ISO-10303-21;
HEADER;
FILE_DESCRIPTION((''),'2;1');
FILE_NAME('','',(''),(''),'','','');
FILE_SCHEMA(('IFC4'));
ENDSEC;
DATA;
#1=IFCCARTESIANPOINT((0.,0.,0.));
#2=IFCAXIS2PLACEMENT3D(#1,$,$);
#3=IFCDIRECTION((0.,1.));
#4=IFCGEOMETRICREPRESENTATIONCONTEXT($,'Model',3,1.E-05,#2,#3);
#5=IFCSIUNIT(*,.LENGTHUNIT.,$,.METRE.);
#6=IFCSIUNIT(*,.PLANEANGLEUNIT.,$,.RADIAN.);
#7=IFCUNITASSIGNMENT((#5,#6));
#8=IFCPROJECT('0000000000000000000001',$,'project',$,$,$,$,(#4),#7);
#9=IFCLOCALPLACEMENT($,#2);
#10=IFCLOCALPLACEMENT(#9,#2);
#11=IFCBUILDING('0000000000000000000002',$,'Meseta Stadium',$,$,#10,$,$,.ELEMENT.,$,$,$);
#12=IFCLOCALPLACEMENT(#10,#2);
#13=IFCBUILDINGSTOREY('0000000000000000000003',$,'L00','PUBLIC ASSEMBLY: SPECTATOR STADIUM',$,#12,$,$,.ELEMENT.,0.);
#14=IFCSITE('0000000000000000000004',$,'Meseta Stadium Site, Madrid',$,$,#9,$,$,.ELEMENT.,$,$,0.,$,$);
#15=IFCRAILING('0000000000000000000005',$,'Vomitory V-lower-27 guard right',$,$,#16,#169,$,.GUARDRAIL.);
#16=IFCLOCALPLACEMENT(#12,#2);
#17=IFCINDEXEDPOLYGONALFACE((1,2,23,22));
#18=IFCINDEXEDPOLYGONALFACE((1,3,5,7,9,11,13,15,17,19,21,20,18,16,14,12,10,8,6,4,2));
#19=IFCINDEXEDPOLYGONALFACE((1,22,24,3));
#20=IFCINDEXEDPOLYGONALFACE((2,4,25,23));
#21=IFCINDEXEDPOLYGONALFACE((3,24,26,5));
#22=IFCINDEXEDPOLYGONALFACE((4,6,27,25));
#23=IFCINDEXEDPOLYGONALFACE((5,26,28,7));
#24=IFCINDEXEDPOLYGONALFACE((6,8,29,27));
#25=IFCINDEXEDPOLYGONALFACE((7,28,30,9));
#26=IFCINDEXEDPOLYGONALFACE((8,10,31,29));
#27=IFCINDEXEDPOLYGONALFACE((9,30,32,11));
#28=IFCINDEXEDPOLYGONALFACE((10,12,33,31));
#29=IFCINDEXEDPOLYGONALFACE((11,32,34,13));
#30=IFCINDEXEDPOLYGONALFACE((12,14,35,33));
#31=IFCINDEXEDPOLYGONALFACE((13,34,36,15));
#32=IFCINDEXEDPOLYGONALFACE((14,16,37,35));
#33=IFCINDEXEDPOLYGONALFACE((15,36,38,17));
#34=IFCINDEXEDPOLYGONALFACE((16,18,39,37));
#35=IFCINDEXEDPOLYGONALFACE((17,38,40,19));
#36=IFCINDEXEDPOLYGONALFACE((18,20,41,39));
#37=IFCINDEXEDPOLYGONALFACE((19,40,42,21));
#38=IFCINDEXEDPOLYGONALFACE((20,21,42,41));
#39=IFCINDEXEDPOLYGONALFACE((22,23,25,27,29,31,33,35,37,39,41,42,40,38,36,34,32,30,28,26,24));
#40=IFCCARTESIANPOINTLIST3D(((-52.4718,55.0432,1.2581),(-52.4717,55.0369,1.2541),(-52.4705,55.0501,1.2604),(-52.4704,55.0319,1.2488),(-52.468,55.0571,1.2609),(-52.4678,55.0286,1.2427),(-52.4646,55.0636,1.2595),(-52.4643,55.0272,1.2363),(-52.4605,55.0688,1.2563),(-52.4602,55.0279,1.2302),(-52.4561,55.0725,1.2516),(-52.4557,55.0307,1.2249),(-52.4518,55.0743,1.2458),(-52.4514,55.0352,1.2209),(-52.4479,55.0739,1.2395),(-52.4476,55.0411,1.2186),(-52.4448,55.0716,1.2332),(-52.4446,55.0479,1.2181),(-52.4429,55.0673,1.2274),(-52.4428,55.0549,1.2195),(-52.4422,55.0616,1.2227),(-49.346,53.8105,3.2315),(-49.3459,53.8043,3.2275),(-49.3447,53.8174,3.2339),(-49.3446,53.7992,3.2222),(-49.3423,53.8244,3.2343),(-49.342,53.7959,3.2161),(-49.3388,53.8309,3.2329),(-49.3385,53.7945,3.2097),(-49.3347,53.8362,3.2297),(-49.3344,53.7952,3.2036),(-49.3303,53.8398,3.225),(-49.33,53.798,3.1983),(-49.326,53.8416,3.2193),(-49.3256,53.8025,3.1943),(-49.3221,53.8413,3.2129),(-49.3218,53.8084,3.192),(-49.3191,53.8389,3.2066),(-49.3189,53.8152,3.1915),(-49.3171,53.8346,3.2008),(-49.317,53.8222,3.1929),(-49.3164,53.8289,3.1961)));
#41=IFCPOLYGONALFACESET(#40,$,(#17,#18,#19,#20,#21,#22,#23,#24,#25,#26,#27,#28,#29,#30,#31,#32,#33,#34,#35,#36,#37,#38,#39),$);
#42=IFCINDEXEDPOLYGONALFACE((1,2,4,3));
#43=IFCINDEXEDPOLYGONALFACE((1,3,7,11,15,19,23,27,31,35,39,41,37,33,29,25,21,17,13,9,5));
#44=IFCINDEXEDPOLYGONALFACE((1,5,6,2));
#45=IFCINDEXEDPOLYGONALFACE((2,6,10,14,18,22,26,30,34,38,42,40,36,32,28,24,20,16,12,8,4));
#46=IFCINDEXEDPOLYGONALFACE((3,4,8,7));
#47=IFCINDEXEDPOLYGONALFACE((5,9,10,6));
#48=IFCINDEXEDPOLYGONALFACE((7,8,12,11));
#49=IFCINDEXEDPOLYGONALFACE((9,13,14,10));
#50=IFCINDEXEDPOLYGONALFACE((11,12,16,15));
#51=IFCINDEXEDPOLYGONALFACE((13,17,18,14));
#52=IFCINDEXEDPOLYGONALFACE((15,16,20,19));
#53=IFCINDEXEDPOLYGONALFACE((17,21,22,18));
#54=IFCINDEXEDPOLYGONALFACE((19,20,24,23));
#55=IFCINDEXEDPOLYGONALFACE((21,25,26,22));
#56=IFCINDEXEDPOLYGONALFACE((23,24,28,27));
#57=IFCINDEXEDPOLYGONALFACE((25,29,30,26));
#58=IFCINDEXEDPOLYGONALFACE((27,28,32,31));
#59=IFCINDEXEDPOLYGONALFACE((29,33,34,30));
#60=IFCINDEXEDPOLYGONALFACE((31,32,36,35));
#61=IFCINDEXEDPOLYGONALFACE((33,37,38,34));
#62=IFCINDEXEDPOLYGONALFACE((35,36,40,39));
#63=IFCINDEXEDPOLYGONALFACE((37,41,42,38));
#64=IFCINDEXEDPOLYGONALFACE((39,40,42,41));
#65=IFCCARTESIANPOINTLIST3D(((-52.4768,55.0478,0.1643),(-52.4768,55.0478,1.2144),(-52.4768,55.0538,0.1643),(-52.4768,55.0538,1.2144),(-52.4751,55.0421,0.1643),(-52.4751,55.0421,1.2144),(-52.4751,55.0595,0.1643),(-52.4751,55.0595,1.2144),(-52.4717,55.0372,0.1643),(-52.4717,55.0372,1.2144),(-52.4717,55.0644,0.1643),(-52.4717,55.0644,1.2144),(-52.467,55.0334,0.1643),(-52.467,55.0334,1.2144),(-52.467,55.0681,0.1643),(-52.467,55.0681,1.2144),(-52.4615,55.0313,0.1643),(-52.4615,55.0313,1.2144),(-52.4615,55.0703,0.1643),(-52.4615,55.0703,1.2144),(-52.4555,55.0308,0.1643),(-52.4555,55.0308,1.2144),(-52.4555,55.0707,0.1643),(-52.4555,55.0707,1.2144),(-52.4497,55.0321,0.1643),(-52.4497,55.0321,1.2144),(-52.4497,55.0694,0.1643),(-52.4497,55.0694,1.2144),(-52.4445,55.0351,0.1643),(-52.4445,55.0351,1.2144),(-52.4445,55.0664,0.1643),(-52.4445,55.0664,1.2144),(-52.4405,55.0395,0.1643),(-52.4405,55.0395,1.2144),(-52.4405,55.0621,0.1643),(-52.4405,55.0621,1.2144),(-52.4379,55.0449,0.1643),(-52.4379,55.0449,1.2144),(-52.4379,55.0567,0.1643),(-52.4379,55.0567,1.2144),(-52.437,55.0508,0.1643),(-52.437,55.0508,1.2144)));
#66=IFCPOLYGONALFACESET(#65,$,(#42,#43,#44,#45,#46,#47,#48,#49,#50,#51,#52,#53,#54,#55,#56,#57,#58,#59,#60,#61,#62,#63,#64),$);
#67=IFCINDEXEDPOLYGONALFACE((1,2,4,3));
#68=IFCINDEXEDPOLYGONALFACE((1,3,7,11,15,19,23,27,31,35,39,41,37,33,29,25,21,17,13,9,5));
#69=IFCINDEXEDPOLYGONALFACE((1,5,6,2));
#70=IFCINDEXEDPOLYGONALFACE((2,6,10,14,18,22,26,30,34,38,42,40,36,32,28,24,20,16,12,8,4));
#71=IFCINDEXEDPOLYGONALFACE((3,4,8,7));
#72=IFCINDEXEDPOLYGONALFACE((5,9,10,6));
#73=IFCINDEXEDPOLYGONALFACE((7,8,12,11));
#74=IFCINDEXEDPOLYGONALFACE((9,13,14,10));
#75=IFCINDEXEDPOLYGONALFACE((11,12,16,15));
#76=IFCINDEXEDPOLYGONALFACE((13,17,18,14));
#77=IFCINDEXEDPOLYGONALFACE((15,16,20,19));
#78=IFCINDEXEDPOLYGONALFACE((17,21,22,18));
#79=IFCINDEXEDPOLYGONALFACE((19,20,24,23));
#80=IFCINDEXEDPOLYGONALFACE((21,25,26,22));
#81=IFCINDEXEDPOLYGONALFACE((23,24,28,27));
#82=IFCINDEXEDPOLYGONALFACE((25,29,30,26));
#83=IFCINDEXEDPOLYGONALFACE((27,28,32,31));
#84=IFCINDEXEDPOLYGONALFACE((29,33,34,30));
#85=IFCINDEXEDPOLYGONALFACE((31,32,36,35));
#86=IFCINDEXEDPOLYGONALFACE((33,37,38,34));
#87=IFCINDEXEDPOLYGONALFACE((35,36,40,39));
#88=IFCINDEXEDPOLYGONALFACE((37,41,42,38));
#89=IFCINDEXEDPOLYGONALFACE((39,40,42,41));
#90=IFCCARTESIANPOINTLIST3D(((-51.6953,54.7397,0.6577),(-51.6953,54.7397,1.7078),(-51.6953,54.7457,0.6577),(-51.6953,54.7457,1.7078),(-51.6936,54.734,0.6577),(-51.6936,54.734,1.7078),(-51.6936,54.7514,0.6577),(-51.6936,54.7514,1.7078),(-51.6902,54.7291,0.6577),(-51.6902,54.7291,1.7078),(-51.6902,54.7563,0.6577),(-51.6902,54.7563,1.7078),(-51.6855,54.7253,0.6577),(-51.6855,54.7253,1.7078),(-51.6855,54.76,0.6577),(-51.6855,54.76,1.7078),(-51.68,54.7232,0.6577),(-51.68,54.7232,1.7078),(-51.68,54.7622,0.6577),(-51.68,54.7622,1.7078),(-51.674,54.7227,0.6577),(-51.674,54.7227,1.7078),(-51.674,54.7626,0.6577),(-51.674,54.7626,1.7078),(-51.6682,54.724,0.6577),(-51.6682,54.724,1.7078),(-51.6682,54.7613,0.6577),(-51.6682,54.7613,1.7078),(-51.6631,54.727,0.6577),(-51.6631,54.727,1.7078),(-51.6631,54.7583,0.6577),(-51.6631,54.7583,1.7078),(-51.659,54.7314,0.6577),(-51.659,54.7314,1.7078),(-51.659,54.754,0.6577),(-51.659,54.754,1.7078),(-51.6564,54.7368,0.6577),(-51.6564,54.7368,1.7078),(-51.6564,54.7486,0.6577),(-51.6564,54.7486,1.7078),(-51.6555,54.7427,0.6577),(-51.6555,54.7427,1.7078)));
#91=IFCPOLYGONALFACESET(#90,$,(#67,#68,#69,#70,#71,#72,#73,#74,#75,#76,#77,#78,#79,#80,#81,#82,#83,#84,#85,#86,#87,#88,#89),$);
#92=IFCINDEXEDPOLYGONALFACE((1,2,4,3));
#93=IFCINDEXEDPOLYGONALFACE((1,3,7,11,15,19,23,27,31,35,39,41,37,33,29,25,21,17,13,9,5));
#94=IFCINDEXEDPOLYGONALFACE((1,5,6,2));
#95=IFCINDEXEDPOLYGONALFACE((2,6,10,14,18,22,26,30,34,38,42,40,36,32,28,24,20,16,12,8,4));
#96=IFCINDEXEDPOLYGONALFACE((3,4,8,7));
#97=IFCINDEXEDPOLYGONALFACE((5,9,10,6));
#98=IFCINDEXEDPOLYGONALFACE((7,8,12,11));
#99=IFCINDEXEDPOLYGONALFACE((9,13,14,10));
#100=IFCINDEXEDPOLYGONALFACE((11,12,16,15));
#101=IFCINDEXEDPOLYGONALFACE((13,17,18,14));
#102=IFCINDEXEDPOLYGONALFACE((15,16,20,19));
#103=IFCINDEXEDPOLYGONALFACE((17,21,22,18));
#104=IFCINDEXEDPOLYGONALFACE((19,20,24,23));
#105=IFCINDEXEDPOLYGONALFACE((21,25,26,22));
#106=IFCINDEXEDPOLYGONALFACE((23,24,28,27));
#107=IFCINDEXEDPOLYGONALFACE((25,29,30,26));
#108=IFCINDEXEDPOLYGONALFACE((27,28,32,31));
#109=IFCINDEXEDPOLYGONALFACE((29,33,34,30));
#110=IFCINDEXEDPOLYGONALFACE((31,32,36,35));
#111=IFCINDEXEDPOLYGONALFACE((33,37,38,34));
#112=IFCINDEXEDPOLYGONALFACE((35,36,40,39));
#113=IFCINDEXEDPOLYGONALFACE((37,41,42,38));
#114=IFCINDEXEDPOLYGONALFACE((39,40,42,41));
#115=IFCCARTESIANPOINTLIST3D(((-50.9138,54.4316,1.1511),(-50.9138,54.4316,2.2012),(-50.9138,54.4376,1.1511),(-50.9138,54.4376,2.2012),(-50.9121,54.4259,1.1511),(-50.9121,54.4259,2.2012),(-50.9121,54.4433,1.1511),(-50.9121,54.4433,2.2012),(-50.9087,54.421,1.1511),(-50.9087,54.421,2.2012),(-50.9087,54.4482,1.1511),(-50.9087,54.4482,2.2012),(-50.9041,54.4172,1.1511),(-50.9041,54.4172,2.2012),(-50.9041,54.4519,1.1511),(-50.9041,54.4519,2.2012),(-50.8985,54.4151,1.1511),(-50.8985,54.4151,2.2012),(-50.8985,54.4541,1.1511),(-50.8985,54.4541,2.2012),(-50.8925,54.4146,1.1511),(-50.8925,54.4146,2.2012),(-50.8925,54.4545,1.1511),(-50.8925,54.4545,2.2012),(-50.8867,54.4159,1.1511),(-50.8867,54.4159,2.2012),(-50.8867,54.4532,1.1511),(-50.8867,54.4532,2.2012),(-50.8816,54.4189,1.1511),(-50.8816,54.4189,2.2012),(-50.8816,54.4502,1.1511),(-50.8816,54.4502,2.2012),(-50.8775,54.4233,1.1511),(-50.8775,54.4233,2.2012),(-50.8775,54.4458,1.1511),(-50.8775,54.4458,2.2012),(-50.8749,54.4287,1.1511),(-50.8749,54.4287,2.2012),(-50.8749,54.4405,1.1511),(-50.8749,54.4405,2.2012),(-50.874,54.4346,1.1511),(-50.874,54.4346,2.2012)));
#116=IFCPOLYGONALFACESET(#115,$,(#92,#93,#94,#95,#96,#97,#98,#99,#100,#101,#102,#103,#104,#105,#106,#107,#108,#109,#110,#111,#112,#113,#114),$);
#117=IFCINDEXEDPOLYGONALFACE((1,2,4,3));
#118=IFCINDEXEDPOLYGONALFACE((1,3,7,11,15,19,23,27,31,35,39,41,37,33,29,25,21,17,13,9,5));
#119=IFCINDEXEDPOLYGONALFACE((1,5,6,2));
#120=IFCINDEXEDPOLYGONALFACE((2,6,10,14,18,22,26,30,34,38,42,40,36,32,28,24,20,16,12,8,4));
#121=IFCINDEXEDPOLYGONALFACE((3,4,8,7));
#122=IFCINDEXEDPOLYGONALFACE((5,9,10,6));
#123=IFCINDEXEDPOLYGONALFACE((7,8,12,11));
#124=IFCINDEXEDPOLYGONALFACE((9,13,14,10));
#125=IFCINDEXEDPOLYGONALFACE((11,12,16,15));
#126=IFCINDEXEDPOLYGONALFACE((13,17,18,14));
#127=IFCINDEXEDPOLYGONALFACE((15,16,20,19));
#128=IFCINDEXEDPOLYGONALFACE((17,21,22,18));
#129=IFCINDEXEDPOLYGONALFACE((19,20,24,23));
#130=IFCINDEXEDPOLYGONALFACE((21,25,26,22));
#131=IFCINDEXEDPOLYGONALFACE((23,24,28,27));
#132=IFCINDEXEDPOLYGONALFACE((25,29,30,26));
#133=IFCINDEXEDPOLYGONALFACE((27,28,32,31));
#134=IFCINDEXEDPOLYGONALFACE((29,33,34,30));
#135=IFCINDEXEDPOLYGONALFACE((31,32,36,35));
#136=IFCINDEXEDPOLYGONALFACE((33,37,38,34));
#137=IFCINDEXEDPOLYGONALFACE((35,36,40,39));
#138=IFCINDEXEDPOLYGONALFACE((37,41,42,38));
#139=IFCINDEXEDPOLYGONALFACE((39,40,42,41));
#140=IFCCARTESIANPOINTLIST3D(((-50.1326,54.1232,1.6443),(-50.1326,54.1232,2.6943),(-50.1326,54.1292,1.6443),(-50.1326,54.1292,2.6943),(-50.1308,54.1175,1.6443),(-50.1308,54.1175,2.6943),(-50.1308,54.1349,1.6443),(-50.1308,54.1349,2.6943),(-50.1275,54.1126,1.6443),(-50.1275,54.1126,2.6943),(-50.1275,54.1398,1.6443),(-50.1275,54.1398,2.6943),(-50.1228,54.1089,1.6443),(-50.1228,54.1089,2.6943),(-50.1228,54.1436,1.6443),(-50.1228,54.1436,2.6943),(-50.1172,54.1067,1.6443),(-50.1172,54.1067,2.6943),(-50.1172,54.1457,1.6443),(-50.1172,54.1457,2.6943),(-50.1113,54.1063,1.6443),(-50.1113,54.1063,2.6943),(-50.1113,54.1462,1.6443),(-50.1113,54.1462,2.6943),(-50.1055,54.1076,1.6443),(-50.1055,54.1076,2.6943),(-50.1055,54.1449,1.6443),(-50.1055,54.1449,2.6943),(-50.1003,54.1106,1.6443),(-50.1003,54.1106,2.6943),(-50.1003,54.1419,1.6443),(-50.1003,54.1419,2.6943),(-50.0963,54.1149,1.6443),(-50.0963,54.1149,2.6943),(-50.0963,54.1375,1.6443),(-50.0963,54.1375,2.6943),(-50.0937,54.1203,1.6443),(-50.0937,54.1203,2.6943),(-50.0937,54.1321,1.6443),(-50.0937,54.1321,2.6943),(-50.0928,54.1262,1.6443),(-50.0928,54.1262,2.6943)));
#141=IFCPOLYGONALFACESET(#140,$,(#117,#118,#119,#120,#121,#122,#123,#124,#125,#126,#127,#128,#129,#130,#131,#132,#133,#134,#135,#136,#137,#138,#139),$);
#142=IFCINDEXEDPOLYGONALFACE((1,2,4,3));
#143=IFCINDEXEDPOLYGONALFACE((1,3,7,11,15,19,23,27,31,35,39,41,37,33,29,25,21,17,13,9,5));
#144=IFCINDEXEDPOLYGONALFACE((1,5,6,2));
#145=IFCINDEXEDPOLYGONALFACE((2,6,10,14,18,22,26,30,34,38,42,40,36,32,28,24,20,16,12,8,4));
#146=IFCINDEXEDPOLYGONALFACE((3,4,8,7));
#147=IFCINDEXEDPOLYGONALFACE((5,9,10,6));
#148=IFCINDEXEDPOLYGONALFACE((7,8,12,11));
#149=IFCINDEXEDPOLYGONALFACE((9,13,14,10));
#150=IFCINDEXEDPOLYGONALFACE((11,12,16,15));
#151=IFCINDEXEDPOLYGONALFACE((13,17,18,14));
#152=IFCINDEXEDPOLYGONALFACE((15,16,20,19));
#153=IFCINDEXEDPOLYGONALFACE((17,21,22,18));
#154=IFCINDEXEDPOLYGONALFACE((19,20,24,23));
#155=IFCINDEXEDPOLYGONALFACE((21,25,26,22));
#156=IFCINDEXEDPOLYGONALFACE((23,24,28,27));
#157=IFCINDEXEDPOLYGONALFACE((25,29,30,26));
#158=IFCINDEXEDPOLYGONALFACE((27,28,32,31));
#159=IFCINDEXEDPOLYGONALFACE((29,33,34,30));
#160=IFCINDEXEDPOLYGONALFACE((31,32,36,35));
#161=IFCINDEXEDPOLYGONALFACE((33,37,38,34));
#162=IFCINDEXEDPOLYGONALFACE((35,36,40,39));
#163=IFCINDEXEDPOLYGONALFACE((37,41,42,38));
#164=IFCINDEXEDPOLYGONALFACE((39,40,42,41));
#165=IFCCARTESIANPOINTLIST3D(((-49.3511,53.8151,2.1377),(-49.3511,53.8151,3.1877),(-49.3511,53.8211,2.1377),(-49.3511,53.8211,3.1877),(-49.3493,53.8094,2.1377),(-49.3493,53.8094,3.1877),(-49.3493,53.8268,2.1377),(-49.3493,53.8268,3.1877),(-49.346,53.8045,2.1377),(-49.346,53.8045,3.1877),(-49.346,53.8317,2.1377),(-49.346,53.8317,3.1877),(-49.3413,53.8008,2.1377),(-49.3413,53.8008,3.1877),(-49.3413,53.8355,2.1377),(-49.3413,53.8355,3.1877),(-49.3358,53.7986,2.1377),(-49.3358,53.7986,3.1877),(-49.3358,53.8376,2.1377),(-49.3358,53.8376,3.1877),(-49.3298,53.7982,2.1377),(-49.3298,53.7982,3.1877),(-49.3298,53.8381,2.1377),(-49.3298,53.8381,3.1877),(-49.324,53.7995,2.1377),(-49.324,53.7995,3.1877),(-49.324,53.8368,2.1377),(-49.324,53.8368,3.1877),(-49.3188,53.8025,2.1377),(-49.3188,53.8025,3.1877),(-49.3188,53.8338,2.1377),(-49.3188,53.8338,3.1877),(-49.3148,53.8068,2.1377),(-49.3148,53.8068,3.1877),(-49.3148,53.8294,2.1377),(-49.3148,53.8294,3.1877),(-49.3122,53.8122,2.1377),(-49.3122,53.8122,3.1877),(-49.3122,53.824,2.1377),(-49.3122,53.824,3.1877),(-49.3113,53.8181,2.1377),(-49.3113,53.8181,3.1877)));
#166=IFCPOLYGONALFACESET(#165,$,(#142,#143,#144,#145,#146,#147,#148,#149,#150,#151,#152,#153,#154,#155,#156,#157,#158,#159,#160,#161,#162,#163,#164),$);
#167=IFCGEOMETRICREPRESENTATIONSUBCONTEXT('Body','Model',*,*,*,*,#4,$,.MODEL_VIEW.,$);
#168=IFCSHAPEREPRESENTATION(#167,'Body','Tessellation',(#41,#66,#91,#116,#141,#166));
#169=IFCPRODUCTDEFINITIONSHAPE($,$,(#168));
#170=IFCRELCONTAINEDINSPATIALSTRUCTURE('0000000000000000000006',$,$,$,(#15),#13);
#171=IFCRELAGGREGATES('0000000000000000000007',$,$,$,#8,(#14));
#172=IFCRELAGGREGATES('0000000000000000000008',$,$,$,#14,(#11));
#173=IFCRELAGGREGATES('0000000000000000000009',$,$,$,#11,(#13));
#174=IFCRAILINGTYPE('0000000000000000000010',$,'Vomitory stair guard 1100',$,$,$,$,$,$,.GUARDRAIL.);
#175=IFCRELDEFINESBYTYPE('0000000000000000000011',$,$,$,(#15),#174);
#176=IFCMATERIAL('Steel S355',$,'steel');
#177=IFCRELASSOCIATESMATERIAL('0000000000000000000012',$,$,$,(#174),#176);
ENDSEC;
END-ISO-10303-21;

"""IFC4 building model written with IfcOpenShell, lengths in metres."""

from ifc_helpers import new_model, si_unit, direction, frame, origin, origin_2d, place, context, subcontext, project, spatial, circle, extrude, material, type_object, element, save


model = new_model("IFC4")

# Units and contexts
model_context = context("Model", 3, precision=1e-05, world=origin(), true_north=direction((0.0, 1.0)))
body_context = subcontext(model_context, "Body", "Model", "MODEL_VIEW")
ifc_project = project(units=[si_unit("LENGTHUNIT", "METRE"), si_unit("PLANEANGLEUNIT", "RADIAN")], contexts=[model_context])

# Site, building, storey
site_placement = place(None, origin())
site = spatial("IfcSite", under=ifc_project, at=site_placement, Name="Meseta Stadium Site, Madrid", CompositionType="ELEMENT", RefElevation=0.0)
building_placement = place(site_placement, origin())
building = spatial("IfcBuilding", under=site, at=building_placement, Name="Meseta Stadium", CompositionType="ELEMENT")
storey_placement = place(building_placement, origin())
storey = spatial("IfcBuildingStorey", under=building, at=storey_placement, Name="L00", Description="PUBLIC ASSEMBLY: SPECTATOR STADIUM", CompositionType="ELEMENT", Elevation=0.0)

# Railing
ifc_material_1 = material(Name="Steel S355", Category="steel")
railing_type_1 = type_object("IfcRailingType", Name="Vomitory stair guard 1100", PredefinedType="GUARDRAIL", material=ifc_material_1)
railing_1_placement = place(storey_placement, frame((-52.457, 55.0508, 0.1643)))
element("IfcRailing", 1, at=railing_1_placement, inside=storey, type_object=railing_type_1, Name="Vomitory V-lower-27 guard right", PredefinedType="GUARDRAIL", context=body_context, shape_type="SweptSolid", body=[
    extrude(circle(Radius=0.0249, at=origin_2d()), frame((0.0, 0.0, 1.0752), z_axis=(0.802158, -0.316339, 0.506431), x_axis=(0.366864, 0.930275, 0.0)), (0.0, 0.0, 1.0), 3.8967),
    extrude(circle(Radius=0.02, at=origin_2d()), origin(), (0.0, 0.0, 1.0), 1.05),
    extrude(circle(Radius=0.02, at=origin_2d()), frame((0.7815, -0.3081, 0.4934)), (0.0, 0.0, 1.0), 1.05),
    extrude(circle(Radius=0.02, at=origin_2d()), frame((1.563, -0.6162, 0.9868)), (0.0, 0.0, 1.0), 1.05),
    extrude(circle(Radius=0.02, at=origin_2d()), frame((2.3442, -0.9246, 1.48)), (0.0, 0.0, 1.0), 1.05),
    extrude(circle(Radius=0.02, at=origin_2d()), frame((3.1257, -1.2327, 1.9734)), (0.0, 0.0, 1.0), 1.05),
])

save(model, "model.ifc")
